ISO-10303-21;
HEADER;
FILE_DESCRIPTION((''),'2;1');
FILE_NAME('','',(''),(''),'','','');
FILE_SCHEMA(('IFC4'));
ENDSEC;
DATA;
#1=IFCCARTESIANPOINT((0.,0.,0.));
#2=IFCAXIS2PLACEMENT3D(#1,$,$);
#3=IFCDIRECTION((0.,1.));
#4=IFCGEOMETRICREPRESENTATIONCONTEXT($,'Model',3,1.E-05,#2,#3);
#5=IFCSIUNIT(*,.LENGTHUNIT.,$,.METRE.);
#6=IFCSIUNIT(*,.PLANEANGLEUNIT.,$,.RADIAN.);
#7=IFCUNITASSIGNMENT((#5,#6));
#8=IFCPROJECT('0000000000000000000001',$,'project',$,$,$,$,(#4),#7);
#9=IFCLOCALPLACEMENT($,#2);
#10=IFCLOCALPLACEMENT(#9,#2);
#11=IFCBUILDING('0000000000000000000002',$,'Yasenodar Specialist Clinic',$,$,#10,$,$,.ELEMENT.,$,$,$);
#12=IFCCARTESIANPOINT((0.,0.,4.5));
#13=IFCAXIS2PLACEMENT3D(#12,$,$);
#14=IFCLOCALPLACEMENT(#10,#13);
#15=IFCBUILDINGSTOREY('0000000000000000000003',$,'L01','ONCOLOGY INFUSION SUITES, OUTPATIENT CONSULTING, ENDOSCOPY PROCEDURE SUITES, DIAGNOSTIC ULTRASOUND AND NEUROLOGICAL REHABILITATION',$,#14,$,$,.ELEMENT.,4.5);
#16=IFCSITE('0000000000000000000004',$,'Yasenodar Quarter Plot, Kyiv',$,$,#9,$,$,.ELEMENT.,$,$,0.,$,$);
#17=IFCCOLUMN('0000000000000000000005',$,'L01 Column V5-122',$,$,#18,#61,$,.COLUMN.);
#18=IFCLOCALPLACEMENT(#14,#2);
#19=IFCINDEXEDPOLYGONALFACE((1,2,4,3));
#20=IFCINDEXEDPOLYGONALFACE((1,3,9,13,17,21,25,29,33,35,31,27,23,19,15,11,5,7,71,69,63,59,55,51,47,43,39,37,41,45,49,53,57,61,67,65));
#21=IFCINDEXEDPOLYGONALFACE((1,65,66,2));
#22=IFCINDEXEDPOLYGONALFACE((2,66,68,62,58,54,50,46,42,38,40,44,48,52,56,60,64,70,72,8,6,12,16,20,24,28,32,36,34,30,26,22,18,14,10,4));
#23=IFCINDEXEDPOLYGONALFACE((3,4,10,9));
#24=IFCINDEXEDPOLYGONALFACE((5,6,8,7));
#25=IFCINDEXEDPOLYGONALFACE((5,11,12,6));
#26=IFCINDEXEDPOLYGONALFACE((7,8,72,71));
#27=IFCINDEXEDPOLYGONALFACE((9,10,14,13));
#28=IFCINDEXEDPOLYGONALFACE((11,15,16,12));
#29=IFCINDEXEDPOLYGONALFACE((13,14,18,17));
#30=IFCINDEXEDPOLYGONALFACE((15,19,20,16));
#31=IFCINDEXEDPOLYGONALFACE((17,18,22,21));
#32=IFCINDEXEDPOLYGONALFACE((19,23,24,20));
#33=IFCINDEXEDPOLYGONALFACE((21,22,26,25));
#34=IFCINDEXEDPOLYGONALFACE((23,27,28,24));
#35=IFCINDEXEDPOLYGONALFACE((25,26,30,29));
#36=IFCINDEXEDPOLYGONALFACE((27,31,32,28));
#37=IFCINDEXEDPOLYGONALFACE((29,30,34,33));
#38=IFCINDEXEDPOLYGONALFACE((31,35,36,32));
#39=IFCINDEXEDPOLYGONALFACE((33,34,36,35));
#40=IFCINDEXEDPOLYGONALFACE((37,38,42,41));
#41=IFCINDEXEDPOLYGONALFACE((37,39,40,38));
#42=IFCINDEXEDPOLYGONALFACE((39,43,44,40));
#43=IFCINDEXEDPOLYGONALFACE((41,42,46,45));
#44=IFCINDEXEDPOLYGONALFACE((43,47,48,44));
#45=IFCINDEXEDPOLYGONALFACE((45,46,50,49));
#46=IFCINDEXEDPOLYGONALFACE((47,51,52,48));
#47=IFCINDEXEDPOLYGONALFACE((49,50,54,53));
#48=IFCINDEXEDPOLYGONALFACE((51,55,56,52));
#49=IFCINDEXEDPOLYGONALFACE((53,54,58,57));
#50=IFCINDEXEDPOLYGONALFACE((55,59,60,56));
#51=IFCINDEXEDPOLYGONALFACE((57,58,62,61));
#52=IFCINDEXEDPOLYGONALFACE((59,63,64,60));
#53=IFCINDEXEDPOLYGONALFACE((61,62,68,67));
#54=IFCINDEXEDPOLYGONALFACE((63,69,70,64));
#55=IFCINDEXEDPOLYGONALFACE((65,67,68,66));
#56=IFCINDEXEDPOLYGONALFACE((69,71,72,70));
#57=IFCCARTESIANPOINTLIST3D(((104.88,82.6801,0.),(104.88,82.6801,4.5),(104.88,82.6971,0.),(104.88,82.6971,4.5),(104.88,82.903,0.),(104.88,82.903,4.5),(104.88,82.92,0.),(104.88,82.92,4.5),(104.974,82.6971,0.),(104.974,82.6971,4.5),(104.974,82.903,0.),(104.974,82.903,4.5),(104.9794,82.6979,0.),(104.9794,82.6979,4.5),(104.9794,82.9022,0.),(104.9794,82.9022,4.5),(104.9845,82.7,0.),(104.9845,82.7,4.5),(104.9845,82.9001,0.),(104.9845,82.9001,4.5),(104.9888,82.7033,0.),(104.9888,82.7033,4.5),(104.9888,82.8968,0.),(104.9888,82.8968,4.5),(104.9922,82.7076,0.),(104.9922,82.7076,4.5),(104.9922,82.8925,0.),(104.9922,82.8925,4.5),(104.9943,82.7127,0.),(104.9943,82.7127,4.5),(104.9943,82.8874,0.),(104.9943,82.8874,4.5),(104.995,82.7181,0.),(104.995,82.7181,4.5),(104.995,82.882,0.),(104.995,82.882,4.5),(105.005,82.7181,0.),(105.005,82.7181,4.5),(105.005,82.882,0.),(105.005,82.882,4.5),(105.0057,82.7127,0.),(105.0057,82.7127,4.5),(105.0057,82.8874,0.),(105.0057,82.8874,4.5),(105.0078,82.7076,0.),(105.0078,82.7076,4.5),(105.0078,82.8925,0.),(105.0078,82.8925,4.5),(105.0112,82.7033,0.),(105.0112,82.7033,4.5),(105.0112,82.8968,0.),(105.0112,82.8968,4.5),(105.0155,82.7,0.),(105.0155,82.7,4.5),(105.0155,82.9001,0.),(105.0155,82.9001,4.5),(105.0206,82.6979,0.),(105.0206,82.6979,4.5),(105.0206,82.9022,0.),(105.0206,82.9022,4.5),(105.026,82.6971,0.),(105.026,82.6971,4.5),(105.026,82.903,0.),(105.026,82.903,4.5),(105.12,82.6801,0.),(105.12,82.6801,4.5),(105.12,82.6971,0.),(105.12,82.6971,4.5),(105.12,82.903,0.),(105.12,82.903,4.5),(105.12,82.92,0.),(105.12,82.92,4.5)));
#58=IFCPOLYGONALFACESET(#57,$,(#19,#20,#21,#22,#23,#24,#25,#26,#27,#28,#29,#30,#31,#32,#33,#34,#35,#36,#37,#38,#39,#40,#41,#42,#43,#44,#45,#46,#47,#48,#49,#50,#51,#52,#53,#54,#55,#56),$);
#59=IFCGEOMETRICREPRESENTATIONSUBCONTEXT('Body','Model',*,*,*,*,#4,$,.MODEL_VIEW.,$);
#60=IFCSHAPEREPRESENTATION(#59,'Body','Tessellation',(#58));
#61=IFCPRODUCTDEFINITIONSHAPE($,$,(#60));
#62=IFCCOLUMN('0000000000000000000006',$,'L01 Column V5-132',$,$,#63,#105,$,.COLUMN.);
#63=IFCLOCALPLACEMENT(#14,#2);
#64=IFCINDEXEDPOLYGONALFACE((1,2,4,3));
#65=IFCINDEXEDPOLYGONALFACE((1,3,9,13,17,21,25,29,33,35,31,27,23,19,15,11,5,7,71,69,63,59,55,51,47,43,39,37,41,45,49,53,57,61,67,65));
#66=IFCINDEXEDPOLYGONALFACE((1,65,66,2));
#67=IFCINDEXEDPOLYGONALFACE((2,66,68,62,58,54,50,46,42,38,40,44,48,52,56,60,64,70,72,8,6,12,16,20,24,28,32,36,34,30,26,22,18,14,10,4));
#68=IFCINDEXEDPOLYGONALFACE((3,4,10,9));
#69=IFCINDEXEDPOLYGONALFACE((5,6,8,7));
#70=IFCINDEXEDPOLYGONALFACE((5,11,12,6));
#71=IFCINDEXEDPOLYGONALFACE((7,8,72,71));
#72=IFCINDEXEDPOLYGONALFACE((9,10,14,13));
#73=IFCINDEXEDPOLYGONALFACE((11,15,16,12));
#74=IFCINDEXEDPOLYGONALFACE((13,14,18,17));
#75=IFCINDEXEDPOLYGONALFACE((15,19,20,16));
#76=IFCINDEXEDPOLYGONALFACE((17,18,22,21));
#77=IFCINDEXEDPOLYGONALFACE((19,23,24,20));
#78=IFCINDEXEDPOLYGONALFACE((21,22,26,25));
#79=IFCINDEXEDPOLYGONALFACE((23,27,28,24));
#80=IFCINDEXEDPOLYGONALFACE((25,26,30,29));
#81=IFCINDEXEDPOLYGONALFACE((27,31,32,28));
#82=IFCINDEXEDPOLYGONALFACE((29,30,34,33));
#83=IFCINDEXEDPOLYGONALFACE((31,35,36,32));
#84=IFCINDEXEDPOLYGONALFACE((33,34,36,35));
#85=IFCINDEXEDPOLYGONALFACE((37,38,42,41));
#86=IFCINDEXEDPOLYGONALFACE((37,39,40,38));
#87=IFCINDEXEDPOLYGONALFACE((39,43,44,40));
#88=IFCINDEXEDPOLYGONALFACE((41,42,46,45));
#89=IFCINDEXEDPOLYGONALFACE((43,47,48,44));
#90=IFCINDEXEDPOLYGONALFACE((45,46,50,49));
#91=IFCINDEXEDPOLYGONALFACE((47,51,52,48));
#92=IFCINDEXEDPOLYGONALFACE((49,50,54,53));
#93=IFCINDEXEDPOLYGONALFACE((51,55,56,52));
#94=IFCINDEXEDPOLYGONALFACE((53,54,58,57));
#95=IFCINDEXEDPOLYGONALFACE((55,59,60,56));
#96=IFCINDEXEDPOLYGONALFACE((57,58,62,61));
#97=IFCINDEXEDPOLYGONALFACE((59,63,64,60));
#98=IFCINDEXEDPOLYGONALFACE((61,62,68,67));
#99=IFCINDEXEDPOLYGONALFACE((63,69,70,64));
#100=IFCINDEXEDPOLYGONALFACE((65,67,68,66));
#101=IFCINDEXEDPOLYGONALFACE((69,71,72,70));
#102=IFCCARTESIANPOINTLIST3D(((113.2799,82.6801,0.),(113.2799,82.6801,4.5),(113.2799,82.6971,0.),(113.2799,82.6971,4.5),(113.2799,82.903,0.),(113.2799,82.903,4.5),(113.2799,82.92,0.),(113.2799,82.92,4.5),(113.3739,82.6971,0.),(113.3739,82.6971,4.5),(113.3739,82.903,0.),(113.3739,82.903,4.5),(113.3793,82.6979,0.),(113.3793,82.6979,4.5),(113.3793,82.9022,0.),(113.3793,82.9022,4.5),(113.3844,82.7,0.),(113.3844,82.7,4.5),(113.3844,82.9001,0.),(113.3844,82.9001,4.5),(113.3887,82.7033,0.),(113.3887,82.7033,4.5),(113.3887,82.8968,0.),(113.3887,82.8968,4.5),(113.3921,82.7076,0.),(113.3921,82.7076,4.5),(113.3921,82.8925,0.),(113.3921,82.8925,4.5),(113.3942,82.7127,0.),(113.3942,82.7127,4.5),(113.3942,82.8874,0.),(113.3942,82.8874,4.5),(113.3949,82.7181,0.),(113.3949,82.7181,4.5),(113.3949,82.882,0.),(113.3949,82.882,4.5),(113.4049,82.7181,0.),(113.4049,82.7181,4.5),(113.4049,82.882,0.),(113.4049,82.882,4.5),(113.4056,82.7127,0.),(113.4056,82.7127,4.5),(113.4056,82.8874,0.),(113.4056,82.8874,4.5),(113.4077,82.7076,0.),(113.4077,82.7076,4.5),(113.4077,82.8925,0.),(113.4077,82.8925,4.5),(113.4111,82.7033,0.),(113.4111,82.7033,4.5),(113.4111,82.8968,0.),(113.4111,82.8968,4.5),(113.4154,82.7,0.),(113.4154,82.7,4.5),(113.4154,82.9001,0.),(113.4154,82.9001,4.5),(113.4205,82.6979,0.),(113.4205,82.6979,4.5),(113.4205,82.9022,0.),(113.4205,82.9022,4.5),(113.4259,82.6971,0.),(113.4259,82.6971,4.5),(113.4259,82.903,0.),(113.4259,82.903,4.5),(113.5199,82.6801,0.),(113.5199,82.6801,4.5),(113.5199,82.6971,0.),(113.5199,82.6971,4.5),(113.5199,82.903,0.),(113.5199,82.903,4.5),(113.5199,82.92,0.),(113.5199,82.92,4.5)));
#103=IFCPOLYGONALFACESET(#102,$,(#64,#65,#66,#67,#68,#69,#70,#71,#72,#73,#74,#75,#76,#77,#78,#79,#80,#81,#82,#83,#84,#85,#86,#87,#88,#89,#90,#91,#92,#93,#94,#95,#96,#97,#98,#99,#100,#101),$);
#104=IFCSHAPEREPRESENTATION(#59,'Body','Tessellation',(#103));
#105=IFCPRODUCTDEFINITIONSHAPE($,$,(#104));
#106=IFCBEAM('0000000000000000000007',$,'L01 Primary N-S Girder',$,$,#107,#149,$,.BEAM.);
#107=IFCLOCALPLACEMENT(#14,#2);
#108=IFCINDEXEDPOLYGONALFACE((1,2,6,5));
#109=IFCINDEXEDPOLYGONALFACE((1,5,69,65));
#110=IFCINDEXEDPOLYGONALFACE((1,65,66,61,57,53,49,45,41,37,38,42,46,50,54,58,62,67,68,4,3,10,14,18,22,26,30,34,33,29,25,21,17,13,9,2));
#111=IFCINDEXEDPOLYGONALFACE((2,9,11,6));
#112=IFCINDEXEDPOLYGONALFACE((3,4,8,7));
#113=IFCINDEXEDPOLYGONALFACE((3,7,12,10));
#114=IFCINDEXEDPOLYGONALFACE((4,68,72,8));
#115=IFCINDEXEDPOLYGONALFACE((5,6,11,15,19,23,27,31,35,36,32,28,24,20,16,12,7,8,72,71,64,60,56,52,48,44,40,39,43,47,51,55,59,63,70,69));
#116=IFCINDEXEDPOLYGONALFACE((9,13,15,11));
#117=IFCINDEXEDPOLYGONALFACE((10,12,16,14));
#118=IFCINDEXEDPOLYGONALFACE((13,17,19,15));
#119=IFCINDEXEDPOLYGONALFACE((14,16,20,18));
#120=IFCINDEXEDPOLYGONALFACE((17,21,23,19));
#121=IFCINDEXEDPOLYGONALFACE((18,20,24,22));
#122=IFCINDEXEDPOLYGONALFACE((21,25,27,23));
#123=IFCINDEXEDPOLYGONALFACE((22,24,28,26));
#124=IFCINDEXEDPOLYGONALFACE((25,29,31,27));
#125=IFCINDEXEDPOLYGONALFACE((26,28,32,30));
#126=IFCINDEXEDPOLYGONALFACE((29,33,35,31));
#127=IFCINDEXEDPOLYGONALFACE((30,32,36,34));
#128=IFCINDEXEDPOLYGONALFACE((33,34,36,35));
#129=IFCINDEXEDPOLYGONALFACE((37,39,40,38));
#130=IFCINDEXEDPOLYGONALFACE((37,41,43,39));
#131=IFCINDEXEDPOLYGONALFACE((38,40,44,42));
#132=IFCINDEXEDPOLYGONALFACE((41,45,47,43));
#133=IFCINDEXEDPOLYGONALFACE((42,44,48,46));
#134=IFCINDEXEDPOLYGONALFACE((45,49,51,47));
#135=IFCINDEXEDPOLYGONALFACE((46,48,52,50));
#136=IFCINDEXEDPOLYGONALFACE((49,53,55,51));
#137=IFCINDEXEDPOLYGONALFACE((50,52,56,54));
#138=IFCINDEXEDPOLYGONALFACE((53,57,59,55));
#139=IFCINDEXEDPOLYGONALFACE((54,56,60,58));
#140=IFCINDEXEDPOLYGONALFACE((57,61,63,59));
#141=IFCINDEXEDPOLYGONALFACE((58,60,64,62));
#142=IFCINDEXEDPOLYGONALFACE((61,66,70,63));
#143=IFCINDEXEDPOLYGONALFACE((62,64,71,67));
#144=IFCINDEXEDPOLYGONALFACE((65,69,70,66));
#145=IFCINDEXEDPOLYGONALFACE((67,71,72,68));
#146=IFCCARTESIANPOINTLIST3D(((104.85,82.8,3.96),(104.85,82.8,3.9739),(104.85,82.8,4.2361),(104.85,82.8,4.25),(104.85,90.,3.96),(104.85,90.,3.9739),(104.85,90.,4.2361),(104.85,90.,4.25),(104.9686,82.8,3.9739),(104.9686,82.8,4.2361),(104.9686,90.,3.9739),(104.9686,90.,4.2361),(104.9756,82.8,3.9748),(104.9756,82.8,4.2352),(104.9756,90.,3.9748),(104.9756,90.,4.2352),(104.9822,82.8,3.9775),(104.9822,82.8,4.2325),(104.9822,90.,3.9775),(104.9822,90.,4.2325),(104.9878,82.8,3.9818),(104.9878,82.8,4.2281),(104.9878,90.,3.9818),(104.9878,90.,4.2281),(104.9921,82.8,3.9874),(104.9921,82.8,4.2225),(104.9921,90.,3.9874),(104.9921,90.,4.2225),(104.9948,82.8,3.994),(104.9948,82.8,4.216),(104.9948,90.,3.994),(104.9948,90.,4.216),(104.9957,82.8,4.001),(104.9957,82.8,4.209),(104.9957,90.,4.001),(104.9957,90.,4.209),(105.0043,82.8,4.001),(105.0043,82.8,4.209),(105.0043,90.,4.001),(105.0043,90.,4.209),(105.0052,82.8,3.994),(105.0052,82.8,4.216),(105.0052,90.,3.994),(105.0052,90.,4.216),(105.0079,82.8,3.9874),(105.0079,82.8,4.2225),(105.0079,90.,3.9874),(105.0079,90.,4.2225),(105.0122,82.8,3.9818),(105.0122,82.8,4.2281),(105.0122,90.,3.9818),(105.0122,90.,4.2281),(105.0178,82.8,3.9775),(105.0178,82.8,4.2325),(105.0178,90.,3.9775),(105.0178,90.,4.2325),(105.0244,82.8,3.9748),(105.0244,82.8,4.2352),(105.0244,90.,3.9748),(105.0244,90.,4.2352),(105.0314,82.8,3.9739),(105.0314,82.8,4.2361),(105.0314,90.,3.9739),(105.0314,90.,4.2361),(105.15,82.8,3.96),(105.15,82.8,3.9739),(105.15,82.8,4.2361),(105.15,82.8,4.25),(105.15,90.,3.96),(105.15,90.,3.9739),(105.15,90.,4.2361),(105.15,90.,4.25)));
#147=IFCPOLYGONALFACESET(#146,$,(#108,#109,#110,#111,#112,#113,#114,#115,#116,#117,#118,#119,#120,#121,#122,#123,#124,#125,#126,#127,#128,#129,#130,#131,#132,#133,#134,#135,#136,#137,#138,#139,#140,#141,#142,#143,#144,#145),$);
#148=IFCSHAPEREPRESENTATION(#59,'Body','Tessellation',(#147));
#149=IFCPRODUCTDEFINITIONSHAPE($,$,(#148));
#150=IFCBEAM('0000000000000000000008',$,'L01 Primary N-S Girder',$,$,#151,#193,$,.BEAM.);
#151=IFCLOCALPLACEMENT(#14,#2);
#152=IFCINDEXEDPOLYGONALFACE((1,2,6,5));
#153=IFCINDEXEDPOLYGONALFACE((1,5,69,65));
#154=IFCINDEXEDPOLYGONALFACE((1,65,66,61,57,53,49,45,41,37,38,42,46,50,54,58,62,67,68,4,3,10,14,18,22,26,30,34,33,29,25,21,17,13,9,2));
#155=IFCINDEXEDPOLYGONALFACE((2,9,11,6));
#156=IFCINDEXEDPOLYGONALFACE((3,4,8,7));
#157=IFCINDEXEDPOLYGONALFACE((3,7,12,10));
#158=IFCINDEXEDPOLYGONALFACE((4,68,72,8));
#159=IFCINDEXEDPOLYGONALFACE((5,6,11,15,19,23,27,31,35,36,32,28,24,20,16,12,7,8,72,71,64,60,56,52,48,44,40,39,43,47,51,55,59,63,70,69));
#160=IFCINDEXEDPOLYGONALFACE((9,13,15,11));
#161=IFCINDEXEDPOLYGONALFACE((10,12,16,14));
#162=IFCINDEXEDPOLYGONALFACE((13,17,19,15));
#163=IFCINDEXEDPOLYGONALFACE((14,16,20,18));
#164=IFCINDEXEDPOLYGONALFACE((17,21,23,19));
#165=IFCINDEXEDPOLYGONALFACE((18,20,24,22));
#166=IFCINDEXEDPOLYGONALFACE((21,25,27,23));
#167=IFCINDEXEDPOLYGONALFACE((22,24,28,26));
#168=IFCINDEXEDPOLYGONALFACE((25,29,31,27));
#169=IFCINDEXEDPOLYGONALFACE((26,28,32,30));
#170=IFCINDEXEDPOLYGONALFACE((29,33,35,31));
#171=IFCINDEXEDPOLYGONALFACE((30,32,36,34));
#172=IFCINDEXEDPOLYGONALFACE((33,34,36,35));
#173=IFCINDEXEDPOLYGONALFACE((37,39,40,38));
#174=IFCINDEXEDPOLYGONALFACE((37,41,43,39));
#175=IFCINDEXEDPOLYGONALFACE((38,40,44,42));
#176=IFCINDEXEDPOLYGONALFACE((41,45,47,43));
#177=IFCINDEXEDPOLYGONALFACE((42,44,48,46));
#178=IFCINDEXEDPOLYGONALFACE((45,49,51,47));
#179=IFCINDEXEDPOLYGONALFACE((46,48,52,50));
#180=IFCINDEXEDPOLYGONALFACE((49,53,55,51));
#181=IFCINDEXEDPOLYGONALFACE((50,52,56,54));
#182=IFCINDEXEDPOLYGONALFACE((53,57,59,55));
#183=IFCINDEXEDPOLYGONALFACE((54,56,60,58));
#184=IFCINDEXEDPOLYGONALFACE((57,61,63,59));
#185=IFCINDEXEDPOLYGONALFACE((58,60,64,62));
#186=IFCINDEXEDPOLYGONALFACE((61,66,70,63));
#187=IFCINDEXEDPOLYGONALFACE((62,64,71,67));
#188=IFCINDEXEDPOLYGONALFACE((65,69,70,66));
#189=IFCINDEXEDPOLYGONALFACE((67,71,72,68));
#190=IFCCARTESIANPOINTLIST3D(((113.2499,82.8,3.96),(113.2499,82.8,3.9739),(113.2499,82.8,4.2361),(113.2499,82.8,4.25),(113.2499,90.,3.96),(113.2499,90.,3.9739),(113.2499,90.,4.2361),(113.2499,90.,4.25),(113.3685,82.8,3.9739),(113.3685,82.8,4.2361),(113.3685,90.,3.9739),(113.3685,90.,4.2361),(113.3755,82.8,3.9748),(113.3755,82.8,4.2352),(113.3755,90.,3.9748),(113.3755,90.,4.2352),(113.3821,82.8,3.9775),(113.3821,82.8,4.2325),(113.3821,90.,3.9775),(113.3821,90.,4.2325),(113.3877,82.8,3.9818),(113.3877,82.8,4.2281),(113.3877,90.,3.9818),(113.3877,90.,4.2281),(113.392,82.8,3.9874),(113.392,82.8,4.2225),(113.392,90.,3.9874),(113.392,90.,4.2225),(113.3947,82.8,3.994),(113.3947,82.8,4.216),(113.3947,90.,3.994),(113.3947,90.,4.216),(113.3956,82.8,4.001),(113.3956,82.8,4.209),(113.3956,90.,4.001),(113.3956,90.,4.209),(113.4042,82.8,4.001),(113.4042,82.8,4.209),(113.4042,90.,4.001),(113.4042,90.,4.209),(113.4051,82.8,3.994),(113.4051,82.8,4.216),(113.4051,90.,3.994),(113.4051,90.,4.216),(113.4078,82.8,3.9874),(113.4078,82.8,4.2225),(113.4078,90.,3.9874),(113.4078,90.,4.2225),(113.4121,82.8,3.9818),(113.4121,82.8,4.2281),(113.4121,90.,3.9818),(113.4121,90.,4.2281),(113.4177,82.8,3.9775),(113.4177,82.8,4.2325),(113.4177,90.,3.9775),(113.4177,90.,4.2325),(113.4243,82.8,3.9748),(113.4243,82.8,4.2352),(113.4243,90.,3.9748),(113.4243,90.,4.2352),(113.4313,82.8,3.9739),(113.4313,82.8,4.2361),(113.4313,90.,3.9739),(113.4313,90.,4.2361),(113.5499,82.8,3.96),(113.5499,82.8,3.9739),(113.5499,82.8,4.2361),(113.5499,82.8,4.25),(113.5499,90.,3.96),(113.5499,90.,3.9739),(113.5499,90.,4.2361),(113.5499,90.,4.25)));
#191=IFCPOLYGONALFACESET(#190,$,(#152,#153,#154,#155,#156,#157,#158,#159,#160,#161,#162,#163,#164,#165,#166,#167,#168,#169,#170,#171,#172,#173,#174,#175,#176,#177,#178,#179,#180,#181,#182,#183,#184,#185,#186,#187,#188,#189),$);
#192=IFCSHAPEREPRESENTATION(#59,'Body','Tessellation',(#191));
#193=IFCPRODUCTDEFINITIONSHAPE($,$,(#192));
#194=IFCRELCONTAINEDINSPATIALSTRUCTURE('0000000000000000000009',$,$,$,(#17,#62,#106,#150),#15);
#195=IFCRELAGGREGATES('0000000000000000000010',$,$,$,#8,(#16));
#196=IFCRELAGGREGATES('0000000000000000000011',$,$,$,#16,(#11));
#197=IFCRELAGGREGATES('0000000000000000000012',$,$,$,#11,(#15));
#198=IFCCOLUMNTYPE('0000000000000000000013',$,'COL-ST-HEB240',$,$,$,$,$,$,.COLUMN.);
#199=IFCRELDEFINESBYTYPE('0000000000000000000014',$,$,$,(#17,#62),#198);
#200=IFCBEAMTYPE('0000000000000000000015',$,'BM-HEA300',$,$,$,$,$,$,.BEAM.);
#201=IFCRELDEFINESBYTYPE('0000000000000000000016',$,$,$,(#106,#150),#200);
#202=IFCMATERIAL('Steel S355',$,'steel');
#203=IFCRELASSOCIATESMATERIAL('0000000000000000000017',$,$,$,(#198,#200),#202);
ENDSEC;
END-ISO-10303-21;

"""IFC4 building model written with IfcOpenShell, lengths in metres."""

from ifc_helpers import new_model, si_unit, direction, frame, origin, origin_2d, place, context, subcontext, project, spatial, i_section, extrude, material, material_profile, profile_set, type_object, element, save


model = new_model("IFC4")

# Units and contexts
model_context = context("Model", 3, precision=1e-05, world=origin(), true_north=direction((0.0, 1.0)))
body_context = subcontext(model_context, "Body", "Model", "MODEL_VIEW")
ifc_project = project(units=[si_unit("LENGTHUNIT", "METRE"), si_unit("PLANEANGLEUNIT", "RADIAN")], contexts=[model_context])

# Site, building, storey
site_placement = place(None, origin())
site = spatial("IfcSite", under=ifc_project, at=site_placement, Name="Yasenodar Quarter Plot, Kyiv", CompositionType="ELEMENT", RefElevation=0.0)
building_placement = place(site_placement, origin())
building = spatial("IfcBuilding", under=site, at=building_placement, Name="Yasenodar Specialist Clinic", CompositionType="ELEMENT")
storey_placement = place(building_placement, frame((0.0, 0.0, 4.5)))
storey = spatial("IfcBuildingStorey", under=building, at=storey_placement, Name="L01", Description="ONCOLOGY INFUSION SUITES, OUTPATIENT CONSULTING, ENDOSCOPY PROCEDURE SUITES, DIAGNOSTIC ULTRASOUND AND NEUROLOGICAL REHABILITATION", CompositionType="ELEMENT", Elevation=4.5)

# Columns
ifc_material_1 = material(Name="Steel S355", Category="steel")
ifc_material_profile_1 = material_profile(ifc_material_1, i_section(OverallWidth=0.24, OverallDepth=0.24, WebThickness=0.01, FlangeThickness=0.0171, FilletRadius=0.021, at=origin_2d()), Name="HEB 240")
ifc_profile_set_1 = profile_set([ifc_material_profile_1], Name="Steel S355")
column_type = type_object("IfcColumnType", Name="COL-ST-HEB240", PredefinedType="COLUMN", material=ifc_profile_set_1)
for number, where, z_axis, x_axis, name in (
    (1, (105.0, 82.8, 0.0), (0.0, 0.0, 1.0), (1.0, 0.0, 0.0), "L01 Column V5-122"),
    (2, (113.3999, 82.8, 0.0), (0.0, 0.0, 1.0), (1.0, 0.0, 0.0), "L01 Column V5-132"),
):
    element("IfcColumn", number, at=place(storey_placement, frame(where, z_axis=z_axis, x_axis=x_axis)), inside=storey, type_object=column_type, Name=name, PredefinedType="COLUMN", context=body_context, shape_type="SweptSolid", body=[
        extrude(i_section(OverallWidth=0.24, OverallDepth=0.24, WebThickness=0.01, FlangeThickness=0.0171, FilletRadius=0.021, at=origin_2d()), origin(), (0.0, 0.0, 1.0), 4.5),
    ])

# Beams
ifc_material_profile_2 = material_profile(ifc_material_1, i_section(OverallWidth=0.3, OverallDepth=0.29, WebThickness=0.0085, FlangeThickness=0.0139, FilletRadius=0.0271, at=origin_2d()), Name="HEA 300")
ifc_profile_set_2 = profile_set([ifc_material_profile_2], Name="Steel S355")
beam_type_1 = type_object("IfcBeamType", Name="BM-HEA300", PredefinedType="BEAM", material=ifc_profile_set_2)
for number, where, z_axis, x_axis, name in (
    (3, (105.0, 82.8, 4.105), (0.0, 1.0, 0.0), (-1.0, 0.0, 0.0), "L01 Primary N-S Girder"),
    (4, (113.3999, 82.8, 4.105), (0.0, 1.0, 0.0), (-1.0, 0.0, 0.0), "L01 Primary N-S Girder"),
):
    element("IfcBeam", number, at=place(storey_placement, frame(where, z_axis=z_axis, x_axis=x_axis)), inside=storey, type_object=beam_type_1, Name=name, PredefinedType="BEAM", context=body_context, shape_type="SweptSolid", body=[
        extrude(i_section(OverallWidth=0.3, OverallDepth=0.29, WebThickness=0.0085, FlangeThickness=0.0139, FilletRadius=0.0271, at=origin_2d()), origin(), (0.0, 0.0, 1.0), 7.2),
    ])

save(model, "model.ifc")
